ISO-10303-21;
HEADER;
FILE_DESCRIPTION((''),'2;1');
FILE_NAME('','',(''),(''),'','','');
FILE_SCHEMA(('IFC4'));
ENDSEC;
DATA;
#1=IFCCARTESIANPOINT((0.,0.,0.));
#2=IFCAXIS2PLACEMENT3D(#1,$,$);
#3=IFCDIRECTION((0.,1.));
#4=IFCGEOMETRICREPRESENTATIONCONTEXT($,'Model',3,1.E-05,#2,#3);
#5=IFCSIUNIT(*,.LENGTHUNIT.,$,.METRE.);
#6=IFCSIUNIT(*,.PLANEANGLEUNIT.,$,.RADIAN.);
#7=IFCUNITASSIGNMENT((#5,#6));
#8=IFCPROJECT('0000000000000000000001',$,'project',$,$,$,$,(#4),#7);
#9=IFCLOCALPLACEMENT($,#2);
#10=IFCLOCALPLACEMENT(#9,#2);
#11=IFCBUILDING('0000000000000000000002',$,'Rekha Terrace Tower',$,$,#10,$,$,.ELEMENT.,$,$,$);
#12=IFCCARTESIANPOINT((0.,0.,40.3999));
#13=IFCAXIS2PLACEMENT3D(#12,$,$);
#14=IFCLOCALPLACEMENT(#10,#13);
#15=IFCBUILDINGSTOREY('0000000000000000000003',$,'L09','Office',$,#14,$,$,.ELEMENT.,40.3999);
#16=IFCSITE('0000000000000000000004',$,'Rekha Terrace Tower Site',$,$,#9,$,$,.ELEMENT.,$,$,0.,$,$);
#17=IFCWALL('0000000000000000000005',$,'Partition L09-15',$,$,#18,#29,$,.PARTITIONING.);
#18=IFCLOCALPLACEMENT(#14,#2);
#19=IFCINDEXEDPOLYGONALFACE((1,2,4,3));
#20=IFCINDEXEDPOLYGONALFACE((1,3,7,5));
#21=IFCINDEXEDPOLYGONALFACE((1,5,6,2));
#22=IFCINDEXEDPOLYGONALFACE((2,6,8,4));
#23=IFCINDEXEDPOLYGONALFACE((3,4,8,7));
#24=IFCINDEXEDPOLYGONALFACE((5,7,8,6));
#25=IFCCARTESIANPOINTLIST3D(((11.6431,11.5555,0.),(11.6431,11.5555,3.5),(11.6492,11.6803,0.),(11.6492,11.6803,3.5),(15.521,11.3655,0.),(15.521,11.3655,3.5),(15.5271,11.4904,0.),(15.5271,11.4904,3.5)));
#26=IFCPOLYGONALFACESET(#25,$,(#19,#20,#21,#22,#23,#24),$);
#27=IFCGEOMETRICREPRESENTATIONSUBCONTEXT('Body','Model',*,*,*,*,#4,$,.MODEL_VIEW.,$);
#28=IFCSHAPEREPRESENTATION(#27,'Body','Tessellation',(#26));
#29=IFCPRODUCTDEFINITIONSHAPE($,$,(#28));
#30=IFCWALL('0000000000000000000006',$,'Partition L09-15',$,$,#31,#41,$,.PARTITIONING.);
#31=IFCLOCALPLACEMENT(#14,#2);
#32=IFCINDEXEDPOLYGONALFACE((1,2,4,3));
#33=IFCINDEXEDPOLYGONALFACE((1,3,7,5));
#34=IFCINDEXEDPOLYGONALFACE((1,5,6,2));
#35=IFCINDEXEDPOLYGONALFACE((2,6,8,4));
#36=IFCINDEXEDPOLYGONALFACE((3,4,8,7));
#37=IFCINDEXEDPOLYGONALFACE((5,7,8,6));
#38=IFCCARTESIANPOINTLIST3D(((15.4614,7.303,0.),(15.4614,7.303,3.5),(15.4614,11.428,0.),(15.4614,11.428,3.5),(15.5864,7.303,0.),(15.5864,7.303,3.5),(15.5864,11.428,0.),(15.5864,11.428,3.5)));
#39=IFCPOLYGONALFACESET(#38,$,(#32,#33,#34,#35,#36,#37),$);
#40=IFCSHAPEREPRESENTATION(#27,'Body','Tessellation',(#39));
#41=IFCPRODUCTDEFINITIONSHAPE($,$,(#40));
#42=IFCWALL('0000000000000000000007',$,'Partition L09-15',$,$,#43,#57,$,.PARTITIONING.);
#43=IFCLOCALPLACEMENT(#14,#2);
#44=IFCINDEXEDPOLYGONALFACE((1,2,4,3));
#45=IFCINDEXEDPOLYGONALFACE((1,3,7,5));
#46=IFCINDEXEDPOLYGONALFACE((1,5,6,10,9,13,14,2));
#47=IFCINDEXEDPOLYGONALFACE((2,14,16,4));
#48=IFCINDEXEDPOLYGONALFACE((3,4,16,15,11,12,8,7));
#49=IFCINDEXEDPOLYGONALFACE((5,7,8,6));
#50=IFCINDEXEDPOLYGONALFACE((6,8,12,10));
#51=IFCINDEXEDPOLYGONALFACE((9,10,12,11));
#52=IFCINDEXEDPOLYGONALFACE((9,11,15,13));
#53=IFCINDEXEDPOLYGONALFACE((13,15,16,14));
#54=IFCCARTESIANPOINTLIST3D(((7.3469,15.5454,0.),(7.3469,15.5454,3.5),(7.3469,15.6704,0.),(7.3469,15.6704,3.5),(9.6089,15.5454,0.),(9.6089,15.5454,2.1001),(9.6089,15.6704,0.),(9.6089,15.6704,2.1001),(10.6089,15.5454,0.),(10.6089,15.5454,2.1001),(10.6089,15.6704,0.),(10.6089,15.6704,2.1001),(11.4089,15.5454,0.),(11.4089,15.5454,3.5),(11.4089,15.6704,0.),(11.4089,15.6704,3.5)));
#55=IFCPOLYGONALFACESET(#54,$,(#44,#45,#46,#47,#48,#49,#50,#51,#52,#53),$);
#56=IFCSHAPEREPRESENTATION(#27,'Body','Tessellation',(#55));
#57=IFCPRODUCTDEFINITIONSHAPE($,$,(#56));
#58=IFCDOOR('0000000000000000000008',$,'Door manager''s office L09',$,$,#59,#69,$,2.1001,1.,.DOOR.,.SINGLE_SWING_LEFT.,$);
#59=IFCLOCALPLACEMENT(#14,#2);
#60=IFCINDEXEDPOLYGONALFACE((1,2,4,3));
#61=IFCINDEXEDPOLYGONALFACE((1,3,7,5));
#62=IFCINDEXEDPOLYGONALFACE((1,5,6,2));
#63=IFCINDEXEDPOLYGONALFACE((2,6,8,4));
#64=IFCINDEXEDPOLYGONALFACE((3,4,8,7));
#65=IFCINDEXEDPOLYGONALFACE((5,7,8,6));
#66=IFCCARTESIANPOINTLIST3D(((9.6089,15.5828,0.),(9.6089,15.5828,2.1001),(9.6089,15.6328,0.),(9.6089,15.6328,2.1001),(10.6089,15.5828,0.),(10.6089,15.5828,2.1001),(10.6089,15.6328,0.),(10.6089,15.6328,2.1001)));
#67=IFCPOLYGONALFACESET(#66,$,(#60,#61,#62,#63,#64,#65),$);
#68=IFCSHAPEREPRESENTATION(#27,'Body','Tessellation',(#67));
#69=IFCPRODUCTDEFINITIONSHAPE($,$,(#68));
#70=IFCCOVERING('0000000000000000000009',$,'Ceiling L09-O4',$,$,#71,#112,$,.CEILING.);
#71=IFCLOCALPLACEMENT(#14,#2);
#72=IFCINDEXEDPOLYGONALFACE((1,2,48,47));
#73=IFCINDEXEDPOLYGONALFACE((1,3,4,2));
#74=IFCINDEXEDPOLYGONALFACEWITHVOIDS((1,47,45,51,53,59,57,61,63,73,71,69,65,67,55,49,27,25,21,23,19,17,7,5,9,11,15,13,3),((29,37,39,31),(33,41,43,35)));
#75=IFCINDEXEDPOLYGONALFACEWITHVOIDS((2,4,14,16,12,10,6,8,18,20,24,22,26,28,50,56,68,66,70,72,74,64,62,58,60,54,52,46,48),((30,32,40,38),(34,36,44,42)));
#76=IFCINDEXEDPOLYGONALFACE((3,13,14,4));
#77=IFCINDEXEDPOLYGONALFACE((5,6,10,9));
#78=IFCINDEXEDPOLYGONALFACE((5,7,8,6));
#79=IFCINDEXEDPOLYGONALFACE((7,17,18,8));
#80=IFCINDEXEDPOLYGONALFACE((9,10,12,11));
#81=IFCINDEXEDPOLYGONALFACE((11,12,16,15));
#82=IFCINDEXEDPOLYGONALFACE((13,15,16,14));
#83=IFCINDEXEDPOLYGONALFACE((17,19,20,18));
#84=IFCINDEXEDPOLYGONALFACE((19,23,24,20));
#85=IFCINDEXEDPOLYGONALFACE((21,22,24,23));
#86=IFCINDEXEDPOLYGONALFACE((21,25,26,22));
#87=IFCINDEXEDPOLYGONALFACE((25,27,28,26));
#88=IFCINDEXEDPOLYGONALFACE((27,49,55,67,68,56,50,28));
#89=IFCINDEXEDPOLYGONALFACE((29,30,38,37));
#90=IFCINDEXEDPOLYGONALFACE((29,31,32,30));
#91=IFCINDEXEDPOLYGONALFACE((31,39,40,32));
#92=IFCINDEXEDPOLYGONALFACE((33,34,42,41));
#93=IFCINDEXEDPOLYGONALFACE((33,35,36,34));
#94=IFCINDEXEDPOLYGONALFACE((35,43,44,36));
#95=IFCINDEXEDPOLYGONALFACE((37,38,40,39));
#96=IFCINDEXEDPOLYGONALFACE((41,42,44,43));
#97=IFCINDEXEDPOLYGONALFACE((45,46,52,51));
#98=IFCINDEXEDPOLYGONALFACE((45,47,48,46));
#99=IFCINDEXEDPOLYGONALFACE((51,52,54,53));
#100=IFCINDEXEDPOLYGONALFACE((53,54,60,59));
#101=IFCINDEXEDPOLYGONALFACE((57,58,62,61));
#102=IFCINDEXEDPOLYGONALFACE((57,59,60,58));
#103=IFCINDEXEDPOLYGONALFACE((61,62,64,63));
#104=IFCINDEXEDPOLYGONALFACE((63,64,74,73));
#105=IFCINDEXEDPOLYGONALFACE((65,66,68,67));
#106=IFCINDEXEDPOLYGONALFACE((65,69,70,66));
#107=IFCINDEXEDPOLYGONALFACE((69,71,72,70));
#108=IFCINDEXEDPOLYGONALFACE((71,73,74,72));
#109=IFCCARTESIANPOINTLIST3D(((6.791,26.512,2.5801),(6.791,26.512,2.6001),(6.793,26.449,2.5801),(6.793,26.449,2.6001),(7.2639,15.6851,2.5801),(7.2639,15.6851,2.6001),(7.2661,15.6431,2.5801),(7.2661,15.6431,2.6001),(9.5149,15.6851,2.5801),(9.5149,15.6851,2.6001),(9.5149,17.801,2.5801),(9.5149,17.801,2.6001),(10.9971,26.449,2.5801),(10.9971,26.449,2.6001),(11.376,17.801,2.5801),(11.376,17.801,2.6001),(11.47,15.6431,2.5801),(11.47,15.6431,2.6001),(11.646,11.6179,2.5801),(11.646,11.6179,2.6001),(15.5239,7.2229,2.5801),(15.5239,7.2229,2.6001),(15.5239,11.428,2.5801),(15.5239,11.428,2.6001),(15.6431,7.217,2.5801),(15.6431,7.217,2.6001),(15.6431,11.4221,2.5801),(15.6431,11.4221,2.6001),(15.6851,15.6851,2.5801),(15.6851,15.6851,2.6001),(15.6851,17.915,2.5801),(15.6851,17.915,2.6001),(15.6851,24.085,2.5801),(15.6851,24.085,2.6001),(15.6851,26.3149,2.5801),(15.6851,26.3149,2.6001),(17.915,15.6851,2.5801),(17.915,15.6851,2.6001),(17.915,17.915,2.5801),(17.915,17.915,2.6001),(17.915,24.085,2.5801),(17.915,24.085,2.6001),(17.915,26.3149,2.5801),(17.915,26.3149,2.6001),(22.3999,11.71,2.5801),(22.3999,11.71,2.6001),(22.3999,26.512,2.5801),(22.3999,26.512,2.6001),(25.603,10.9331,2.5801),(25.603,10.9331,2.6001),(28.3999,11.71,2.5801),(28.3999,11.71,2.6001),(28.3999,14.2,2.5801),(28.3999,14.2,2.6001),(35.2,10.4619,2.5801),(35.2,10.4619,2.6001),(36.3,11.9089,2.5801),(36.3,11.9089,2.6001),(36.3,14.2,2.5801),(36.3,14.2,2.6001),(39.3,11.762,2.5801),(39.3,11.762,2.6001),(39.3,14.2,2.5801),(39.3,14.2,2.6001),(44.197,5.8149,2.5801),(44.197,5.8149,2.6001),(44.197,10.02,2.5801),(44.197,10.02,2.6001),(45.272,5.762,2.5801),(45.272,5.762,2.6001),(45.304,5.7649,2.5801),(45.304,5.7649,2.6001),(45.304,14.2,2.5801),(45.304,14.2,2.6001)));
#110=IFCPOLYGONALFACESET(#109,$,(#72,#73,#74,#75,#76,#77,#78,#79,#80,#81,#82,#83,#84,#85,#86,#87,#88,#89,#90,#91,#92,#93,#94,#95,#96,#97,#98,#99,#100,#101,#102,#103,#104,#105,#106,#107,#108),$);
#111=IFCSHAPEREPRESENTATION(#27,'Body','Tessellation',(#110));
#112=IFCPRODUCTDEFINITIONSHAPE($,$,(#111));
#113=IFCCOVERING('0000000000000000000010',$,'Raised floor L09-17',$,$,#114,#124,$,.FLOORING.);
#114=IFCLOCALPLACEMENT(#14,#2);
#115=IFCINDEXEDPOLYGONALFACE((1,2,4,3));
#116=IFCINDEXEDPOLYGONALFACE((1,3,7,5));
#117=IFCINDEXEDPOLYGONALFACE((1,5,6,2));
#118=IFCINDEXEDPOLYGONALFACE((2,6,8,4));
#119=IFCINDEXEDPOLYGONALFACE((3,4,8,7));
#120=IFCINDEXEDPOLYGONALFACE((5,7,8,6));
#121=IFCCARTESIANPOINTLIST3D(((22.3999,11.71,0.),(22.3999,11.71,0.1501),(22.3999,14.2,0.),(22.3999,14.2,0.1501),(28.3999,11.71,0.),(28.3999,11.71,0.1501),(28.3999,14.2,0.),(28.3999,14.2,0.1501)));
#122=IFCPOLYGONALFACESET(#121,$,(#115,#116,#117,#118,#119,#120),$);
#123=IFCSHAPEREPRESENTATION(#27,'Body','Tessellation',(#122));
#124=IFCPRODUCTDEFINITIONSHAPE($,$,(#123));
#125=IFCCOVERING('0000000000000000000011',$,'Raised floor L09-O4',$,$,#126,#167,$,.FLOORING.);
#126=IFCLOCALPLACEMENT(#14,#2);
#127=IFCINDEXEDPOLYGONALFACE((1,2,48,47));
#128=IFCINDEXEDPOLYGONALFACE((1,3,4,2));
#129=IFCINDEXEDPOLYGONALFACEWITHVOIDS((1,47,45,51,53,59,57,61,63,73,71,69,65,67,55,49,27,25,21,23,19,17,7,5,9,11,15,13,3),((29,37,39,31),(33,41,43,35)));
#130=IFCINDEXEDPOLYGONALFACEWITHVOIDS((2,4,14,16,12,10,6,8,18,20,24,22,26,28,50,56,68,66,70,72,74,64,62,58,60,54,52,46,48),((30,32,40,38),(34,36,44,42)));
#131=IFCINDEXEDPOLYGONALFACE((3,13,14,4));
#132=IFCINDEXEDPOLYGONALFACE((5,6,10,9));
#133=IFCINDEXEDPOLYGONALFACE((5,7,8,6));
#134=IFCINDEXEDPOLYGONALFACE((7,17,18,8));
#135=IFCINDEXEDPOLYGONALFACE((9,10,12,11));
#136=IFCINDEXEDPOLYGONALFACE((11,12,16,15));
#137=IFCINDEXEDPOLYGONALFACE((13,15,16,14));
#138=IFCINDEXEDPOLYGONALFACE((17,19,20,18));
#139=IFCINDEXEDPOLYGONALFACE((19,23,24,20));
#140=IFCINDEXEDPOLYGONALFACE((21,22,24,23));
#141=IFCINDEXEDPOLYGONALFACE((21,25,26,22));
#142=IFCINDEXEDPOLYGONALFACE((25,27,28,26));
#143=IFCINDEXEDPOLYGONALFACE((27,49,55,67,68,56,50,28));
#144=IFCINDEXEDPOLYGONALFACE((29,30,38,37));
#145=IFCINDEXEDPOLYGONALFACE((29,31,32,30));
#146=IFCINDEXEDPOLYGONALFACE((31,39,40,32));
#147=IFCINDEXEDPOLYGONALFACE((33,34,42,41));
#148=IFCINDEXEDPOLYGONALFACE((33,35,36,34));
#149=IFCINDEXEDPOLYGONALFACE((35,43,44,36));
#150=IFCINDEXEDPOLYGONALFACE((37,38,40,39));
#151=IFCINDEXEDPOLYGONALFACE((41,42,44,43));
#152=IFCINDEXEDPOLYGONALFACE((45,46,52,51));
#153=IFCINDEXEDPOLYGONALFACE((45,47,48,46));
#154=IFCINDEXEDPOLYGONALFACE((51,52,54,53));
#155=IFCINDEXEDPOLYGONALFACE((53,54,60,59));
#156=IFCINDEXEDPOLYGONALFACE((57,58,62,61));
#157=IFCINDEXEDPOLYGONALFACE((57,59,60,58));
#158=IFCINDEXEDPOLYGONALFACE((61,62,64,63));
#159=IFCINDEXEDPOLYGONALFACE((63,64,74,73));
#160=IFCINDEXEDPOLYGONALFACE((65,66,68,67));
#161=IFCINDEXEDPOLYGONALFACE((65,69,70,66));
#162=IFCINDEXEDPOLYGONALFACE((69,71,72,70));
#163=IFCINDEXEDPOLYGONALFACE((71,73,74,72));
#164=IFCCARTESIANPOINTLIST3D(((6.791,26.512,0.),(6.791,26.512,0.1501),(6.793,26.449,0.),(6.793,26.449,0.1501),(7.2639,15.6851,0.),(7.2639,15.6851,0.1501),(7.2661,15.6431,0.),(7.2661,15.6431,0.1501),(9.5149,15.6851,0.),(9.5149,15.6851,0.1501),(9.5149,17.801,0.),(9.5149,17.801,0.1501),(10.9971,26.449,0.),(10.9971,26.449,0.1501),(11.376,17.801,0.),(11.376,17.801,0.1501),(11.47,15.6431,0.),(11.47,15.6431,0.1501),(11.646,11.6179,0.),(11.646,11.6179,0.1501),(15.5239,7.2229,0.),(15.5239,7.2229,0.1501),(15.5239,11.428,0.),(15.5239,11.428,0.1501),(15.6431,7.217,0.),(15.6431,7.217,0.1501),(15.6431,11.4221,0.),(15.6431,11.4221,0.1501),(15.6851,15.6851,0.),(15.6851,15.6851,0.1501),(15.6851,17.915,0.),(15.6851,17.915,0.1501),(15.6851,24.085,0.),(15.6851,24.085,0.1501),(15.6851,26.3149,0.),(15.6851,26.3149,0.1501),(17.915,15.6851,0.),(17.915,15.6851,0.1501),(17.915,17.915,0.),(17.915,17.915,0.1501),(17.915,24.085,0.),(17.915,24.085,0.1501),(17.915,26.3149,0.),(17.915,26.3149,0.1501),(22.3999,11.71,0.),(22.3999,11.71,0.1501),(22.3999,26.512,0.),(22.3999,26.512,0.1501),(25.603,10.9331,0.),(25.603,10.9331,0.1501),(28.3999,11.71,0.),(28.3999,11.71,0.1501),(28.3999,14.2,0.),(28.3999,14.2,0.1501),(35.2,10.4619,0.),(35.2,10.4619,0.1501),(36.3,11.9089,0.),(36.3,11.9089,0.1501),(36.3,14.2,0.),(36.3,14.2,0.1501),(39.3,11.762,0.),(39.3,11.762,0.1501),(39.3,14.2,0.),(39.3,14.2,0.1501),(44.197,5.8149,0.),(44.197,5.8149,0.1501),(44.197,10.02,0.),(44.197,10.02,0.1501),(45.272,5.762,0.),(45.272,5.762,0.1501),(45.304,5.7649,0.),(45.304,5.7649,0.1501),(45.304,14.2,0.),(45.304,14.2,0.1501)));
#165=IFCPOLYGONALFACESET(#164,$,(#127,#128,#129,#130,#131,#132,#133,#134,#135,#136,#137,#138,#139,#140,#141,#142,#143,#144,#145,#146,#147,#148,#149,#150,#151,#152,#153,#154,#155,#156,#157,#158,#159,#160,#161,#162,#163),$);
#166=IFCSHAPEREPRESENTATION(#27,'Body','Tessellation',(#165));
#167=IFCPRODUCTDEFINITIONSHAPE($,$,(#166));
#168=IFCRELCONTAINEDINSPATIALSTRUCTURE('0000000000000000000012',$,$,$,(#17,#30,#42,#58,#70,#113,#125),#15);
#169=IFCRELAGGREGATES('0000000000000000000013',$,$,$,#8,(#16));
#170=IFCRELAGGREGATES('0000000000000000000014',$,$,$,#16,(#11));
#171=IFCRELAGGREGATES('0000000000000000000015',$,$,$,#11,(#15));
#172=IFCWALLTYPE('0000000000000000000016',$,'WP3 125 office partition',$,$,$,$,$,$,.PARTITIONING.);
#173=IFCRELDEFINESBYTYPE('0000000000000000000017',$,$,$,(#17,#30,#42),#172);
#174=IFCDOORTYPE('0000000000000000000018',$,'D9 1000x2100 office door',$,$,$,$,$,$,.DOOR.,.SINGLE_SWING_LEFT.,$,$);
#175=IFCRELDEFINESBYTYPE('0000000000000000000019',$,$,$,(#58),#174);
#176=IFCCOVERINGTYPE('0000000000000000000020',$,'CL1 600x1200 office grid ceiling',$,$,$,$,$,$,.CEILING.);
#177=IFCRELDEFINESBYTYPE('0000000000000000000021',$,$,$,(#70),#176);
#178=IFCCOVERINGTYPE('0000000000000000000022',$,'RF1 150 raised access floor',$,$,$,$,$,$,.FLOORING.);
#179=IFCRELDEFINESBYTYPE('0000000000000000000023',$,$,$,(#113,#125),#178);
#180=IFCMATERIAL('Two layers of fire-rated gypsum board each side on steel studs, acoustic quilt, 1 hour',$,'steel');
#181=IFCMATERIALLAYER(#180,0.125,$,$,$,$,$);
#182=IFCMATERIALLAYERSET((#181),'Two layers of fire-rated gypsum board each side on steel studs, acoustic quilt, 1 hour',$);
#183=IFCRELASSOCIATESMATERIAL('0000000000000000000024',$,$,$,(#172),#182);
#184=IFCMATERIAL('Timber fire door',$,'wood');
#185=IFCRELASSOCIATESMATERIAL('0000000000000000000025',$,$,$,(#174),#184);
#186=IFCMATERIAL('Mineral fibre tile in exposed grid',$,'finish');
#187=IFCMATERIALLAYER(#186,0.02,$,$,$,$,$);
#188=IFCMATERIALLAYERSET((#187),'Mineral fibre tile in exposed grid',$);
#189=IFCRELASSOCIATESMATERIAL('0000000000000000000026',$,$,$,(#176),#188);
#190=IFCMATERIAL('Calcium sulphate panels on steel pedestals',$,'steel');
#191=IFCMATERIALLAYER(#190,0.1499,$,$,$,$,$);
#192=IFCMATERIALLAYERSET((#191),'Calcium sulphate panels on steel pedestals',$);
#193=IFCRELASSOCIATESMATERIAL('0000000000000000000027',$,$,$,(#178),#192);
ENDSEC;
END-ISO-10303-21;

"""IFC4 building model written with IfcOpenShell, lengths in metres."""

from ifc_helpers import new_model, si_unit, direction, frame, frame_2d, origin, place, context, subcontext, project, spatial, polyline, rectangle, outline, extrude, material, layer, layer_set, type_object, element, fill, save


model = new_model("IFC4")

# Units and contexts
model_context = context("Model", 3, precision=1e-05, world=origin(), true_north=direction((0.0, 1.0)))
body_context = subcontext(model_context, "Body", "Model", "MODEL_VIEW")
ifc_project = project(units=[si_unit("LENGTHUNIT", "METRE"), si_unit("PLANEANGLEUNIT", "RADIAN")], contexts=[model_context])

# Site, building, storey
site_placement = place(None, origin())
site = spatial("IfcSite", under=ifc_project, at=site_placement, Name="Rekha Terrace Tower Site", CompositionType="ELEMENT", RefElevation=0.0)
building_placement = place(site_placement, origin())
building = spatial("IfcBuilding", under=site, at=building_placement, Name="Rekha Terrace Tower", CompositionType="ELEMENT")
storey_placement = place(building_placement, frame((0.0, 0.0, 40.3999)))
storey = spatial("IfcBuildingStorey", under=building, at=storey_placement, Name="L09", Description="Office", CompositionType="ELEMENT", Elevation=40.3999)

# Walls
ifc_material_1 = material(Name="Two layers of fire-rated gypsum board each side on steel studs, acoustic quilt, 1 hour", Category="steel")
ifc_layer_1 = layer(ifc_material_1, 0.125)
ifc_layer_set_1 = layer_set([ifc_layer_1], Name="Two layers of fire-rated gypsum board each side on steel studs, acoustic quilt, 1 hour")
wall_type = type_object("IfcWallType", Name="WP3 125 office partition", PredefinedType="PARTITIONING", material=ifc_layer_set_1)
wall_1_placement = place(storey_placement, frame((11.646, 11.6179, 0.0), z_axis=(0.0, 0.0, 1.0), x_axis=(0.998803, -0.048921, 0.0)))
element("IfcWall", 1, at=wall_1_placement, inside=storey, type_object=wall_type, Name="Partition L09-15", PredefinedType="PARTITIONING", context=body_context, shape_type="SweptSolid", body=[
    extrude(rectangle(XDim=3.8826, YDim=0.125, at=frame_2d((1.9414, 0.0))), origin(), (0.0, 0.0, 1.0), 3.5),
])
wall_2_placement = place(storey_placement, frame((15.5239, 11.428, 0.0), z_axis=(0.0, 0.0, 1.0), x_axis=(0.0, -1.0, 0.0)))
element("IfcWall", 2, at=wall_2_placement, inside=storey, type_object=wall_type, Name="Partition L09-15", PredefinedType="PARTITIONING", context=body_context, shape_type="SweptSolid", body=[
    extrude(rectangle(XDim=4.125, YDim=0.125, at=frame_2d((2.0625, 0.0))), origin(), (0.0, 0.0, 1.0), 3.5),
])

# Wall, opening, door
wall_3_placement = place(storey_placement, frame((7.3469, 15.6079, 0.0), z_axis=(0.0, 0.0, 1.0), x_axis=(1.0, 0.0, 0.0)))
wall_3 = element("IfcWall", 3, at=wall_3_placement, inside=storey, type_object=wall_type, Name="Partition L09-15", PredefinedType="PARTITIONING", context=body_context, shape_type="SweptSolid", body=[
    extrude(rectangle(XDim=4.062, YDim=0.125, at=frame_2d((2.031, 0.0))), origin(), (0.0, 0.0, 1.0), 3.5),
])
opening_placement = place(wall_3_placement, frame((2.262, 0.0, 0.0)))
opening = element("IfcOpeningElement", 4, at=opening_placement, cuts=wall_3, PredefinedType="OPENING", context=body_context, shape_type="SweptSolid", body=[
    extrude(rectangle(XDim=1.0, YDim=2.1001, at=frame_2d((0.5, 1.05))), frame((0.0, 0.0725, 0.0), z_axis=(0.0, -1.0, 0.0), x_axis=(1.0, 0.0, 0.0)), (0.0, 0.0, 1.0), 0.145),
])
ifc_material_2 = material(Name="Timber fire door", Category="wood")
door_type = type_object("IfcDoorType", Name="D9 1000x2100 office door", OperationType="SINGLE_SWING_LEFT", PredefinedType="DOOR", material=ifc_material_2)
door_placement = place(opening_placement, origin())
door = element("IfcDoor", 5, at=door_placement, inside=storey, type_object=door_type, Name="Door manager's office L09", OperationType="SINGLE_SWING_LEFT", OverallHeight=2.1001, OverallWidth=1.0, PredefinedType="DOOR", context=body_context, shape_type="SweptSolid", body=[
    extrude(rectangle(XDim=1.0, YDim=2.1001, at=frame_2d((0.5, 1.05))), frame((0.0, 0.0249, 0.0), z_axis=(0.0, -1.0, 0.0), x_axis=(1.0, 0.0, 0.0)), (0.0, 0.0, 1.0), 0.05),
])
fill(opening, door)

# Coverings
ifc_material_3 = material(Name="Mineral fibre tile in exposed grid", Category="finish")
ifc_layer_2 = layer(ifc_material_3, 0.02)
ifc_layer_set_2 = layer_set([ifc_layer_2], Name="Mineral fibre tile in exposed grid")
covering_type_1 = type_object("IfcCoveringType", Name="CL1 600x1200 office grid ceiling", PredefinedType="CEILING", material=ifc_layer_set_2)
covering_1_placement = place(storey_placement, frame((0.0, 0.0, 2.5801)))
element("IfcCovering", 6, at=covering_1_placement, inside=storey, type_object=covering_type_1, Name="Ceiling L09-O4", PredefinedType="CEILING", context=body_context, shape_type="SweptSolid", body=[
    extrude(outline(polyline([(22.3999, 26.512), (6.791, 26.512), (6.793, 26.449), (10.9971, 26.449), (11.376, 17.801), (9.5149, 17.801), (9.5149, 15.6851), (7.2639, 15.6851), (7.2661, 15.6431), (11.47, 15.6431), (11.646, 11.6179), (15.5239, 11.428), (15.5239, 7.2229), (15.6431, 7.217), (15.6431, 11.4221), (25.603, 10.9331), (35.2, 10.4619), (44.197, 10.02), (44.197, 5.8149), (45.272, 5.762), (45.304, 5.7649), (45.304, 14.2), (39.3, 14.2), (39.3, 11.762), (36.3, 11.9089), (36.3, 14.2), (28.3999, 14.2), (28.3999, 11.71), (22.3999, 11.71), (22.3999, 26.512)]), holes=[polyline([(17.915, 15.6851), (15.6851, 15.6851), (15.6851, 17.915), (17.915, 17.915), (17.915, 15.6851)]), polyline([(17.915, 24.085), (15.6851, 24.085), (15.6851, 26.3149), (17.915, 26.3149), (17.915, 24.085)])]), origin(), (0.0, 0.0, 1.0), 0.02),
])
ifc_material_4 = material(Name="Calcium sulphate panels on steel pedestals", Category="steel")
ifc_layer_3 = layer(ifc_material_4, 0.1499)
ifc_layer_set_3 = layer_set([ifc_layer_3], Name="Calcium sulphate panels on steel pedestals")
covering_type_2 = type_object("IfcCoveringType", Name="RF1 150 raised access floor", PredefinedType="FLOORING", material=ifc_layer_set_3)
covering_2_placement = place(storey_placement, origin())
element("IfcCovering", 7, at=covering_2_placement, inside=storey, type_object=covering_type_2, Name="Raised floor L09-17", PredefinedType="FLOORING", context=body_context, shape_type="SweptSolid", body=[
    extrude(outline(polyline([(22.3999, 14.2), (22.3999, 11.71), (28.3999, 11.71), (28.3999, 14.2), (22.3999, 14.2)])), origin(), (0.0, 0.0, 1.0), 0.1501),
])
covering_3_placement = place(storey_placement, origin())
element("IfcCovering", 8, at=covering_3_placement, inside=storey, type_object=covering_type_2, Name="Raised floor L09-O4", PredefinedType="FLOORING", context=body_context, shape_type="SweptSolid", body=[
    extrude(outline(polyline([(22.3999, 26.512), (6.791, 26.512), (6.793, 26.449), (10.9971, 26.449), (11.376, 17.801), (9.5149, 17.801), (9.5149, 15.6851), (7.2639, 15.6851), (7.2661, 15.6431), (11.47, 15.6431), (11.646, 11.6179), (15.5239, 11.428), (15.5239, 7.2229), (15.6431, 7.217), (15.6431, 11.4221), (25.603, 10.9331), (35.2, 10.4619), (44.197, 10.02), (44.197, 5.8149), (45.272, 5.762), (45.304, 5.7649), (45.304, 14.2), (39.3, 14.2), (39.3, 11.762), (36.3, 11.9089), (36.3, 14.2), (28.3999, 14.2), (28.3999, 11.71), (22.3999, 11.71), (22.3999, 26.512)]), holes=[polyline([(17.915, 15.6851), (15.6851, 15.6851), (15.6851, 17.915), (17.915, 17.915), (17.915, 15.6851)]), polyline([(17.915, 24.085), (15.6851, 24.085), (15.6851, 26.3149), (17.915, 26.3149), (17.915, 24.085)])]), origin(), (0.0, 0.0, 1.0), 0.1501),
])

save(model, "model.ifc")
